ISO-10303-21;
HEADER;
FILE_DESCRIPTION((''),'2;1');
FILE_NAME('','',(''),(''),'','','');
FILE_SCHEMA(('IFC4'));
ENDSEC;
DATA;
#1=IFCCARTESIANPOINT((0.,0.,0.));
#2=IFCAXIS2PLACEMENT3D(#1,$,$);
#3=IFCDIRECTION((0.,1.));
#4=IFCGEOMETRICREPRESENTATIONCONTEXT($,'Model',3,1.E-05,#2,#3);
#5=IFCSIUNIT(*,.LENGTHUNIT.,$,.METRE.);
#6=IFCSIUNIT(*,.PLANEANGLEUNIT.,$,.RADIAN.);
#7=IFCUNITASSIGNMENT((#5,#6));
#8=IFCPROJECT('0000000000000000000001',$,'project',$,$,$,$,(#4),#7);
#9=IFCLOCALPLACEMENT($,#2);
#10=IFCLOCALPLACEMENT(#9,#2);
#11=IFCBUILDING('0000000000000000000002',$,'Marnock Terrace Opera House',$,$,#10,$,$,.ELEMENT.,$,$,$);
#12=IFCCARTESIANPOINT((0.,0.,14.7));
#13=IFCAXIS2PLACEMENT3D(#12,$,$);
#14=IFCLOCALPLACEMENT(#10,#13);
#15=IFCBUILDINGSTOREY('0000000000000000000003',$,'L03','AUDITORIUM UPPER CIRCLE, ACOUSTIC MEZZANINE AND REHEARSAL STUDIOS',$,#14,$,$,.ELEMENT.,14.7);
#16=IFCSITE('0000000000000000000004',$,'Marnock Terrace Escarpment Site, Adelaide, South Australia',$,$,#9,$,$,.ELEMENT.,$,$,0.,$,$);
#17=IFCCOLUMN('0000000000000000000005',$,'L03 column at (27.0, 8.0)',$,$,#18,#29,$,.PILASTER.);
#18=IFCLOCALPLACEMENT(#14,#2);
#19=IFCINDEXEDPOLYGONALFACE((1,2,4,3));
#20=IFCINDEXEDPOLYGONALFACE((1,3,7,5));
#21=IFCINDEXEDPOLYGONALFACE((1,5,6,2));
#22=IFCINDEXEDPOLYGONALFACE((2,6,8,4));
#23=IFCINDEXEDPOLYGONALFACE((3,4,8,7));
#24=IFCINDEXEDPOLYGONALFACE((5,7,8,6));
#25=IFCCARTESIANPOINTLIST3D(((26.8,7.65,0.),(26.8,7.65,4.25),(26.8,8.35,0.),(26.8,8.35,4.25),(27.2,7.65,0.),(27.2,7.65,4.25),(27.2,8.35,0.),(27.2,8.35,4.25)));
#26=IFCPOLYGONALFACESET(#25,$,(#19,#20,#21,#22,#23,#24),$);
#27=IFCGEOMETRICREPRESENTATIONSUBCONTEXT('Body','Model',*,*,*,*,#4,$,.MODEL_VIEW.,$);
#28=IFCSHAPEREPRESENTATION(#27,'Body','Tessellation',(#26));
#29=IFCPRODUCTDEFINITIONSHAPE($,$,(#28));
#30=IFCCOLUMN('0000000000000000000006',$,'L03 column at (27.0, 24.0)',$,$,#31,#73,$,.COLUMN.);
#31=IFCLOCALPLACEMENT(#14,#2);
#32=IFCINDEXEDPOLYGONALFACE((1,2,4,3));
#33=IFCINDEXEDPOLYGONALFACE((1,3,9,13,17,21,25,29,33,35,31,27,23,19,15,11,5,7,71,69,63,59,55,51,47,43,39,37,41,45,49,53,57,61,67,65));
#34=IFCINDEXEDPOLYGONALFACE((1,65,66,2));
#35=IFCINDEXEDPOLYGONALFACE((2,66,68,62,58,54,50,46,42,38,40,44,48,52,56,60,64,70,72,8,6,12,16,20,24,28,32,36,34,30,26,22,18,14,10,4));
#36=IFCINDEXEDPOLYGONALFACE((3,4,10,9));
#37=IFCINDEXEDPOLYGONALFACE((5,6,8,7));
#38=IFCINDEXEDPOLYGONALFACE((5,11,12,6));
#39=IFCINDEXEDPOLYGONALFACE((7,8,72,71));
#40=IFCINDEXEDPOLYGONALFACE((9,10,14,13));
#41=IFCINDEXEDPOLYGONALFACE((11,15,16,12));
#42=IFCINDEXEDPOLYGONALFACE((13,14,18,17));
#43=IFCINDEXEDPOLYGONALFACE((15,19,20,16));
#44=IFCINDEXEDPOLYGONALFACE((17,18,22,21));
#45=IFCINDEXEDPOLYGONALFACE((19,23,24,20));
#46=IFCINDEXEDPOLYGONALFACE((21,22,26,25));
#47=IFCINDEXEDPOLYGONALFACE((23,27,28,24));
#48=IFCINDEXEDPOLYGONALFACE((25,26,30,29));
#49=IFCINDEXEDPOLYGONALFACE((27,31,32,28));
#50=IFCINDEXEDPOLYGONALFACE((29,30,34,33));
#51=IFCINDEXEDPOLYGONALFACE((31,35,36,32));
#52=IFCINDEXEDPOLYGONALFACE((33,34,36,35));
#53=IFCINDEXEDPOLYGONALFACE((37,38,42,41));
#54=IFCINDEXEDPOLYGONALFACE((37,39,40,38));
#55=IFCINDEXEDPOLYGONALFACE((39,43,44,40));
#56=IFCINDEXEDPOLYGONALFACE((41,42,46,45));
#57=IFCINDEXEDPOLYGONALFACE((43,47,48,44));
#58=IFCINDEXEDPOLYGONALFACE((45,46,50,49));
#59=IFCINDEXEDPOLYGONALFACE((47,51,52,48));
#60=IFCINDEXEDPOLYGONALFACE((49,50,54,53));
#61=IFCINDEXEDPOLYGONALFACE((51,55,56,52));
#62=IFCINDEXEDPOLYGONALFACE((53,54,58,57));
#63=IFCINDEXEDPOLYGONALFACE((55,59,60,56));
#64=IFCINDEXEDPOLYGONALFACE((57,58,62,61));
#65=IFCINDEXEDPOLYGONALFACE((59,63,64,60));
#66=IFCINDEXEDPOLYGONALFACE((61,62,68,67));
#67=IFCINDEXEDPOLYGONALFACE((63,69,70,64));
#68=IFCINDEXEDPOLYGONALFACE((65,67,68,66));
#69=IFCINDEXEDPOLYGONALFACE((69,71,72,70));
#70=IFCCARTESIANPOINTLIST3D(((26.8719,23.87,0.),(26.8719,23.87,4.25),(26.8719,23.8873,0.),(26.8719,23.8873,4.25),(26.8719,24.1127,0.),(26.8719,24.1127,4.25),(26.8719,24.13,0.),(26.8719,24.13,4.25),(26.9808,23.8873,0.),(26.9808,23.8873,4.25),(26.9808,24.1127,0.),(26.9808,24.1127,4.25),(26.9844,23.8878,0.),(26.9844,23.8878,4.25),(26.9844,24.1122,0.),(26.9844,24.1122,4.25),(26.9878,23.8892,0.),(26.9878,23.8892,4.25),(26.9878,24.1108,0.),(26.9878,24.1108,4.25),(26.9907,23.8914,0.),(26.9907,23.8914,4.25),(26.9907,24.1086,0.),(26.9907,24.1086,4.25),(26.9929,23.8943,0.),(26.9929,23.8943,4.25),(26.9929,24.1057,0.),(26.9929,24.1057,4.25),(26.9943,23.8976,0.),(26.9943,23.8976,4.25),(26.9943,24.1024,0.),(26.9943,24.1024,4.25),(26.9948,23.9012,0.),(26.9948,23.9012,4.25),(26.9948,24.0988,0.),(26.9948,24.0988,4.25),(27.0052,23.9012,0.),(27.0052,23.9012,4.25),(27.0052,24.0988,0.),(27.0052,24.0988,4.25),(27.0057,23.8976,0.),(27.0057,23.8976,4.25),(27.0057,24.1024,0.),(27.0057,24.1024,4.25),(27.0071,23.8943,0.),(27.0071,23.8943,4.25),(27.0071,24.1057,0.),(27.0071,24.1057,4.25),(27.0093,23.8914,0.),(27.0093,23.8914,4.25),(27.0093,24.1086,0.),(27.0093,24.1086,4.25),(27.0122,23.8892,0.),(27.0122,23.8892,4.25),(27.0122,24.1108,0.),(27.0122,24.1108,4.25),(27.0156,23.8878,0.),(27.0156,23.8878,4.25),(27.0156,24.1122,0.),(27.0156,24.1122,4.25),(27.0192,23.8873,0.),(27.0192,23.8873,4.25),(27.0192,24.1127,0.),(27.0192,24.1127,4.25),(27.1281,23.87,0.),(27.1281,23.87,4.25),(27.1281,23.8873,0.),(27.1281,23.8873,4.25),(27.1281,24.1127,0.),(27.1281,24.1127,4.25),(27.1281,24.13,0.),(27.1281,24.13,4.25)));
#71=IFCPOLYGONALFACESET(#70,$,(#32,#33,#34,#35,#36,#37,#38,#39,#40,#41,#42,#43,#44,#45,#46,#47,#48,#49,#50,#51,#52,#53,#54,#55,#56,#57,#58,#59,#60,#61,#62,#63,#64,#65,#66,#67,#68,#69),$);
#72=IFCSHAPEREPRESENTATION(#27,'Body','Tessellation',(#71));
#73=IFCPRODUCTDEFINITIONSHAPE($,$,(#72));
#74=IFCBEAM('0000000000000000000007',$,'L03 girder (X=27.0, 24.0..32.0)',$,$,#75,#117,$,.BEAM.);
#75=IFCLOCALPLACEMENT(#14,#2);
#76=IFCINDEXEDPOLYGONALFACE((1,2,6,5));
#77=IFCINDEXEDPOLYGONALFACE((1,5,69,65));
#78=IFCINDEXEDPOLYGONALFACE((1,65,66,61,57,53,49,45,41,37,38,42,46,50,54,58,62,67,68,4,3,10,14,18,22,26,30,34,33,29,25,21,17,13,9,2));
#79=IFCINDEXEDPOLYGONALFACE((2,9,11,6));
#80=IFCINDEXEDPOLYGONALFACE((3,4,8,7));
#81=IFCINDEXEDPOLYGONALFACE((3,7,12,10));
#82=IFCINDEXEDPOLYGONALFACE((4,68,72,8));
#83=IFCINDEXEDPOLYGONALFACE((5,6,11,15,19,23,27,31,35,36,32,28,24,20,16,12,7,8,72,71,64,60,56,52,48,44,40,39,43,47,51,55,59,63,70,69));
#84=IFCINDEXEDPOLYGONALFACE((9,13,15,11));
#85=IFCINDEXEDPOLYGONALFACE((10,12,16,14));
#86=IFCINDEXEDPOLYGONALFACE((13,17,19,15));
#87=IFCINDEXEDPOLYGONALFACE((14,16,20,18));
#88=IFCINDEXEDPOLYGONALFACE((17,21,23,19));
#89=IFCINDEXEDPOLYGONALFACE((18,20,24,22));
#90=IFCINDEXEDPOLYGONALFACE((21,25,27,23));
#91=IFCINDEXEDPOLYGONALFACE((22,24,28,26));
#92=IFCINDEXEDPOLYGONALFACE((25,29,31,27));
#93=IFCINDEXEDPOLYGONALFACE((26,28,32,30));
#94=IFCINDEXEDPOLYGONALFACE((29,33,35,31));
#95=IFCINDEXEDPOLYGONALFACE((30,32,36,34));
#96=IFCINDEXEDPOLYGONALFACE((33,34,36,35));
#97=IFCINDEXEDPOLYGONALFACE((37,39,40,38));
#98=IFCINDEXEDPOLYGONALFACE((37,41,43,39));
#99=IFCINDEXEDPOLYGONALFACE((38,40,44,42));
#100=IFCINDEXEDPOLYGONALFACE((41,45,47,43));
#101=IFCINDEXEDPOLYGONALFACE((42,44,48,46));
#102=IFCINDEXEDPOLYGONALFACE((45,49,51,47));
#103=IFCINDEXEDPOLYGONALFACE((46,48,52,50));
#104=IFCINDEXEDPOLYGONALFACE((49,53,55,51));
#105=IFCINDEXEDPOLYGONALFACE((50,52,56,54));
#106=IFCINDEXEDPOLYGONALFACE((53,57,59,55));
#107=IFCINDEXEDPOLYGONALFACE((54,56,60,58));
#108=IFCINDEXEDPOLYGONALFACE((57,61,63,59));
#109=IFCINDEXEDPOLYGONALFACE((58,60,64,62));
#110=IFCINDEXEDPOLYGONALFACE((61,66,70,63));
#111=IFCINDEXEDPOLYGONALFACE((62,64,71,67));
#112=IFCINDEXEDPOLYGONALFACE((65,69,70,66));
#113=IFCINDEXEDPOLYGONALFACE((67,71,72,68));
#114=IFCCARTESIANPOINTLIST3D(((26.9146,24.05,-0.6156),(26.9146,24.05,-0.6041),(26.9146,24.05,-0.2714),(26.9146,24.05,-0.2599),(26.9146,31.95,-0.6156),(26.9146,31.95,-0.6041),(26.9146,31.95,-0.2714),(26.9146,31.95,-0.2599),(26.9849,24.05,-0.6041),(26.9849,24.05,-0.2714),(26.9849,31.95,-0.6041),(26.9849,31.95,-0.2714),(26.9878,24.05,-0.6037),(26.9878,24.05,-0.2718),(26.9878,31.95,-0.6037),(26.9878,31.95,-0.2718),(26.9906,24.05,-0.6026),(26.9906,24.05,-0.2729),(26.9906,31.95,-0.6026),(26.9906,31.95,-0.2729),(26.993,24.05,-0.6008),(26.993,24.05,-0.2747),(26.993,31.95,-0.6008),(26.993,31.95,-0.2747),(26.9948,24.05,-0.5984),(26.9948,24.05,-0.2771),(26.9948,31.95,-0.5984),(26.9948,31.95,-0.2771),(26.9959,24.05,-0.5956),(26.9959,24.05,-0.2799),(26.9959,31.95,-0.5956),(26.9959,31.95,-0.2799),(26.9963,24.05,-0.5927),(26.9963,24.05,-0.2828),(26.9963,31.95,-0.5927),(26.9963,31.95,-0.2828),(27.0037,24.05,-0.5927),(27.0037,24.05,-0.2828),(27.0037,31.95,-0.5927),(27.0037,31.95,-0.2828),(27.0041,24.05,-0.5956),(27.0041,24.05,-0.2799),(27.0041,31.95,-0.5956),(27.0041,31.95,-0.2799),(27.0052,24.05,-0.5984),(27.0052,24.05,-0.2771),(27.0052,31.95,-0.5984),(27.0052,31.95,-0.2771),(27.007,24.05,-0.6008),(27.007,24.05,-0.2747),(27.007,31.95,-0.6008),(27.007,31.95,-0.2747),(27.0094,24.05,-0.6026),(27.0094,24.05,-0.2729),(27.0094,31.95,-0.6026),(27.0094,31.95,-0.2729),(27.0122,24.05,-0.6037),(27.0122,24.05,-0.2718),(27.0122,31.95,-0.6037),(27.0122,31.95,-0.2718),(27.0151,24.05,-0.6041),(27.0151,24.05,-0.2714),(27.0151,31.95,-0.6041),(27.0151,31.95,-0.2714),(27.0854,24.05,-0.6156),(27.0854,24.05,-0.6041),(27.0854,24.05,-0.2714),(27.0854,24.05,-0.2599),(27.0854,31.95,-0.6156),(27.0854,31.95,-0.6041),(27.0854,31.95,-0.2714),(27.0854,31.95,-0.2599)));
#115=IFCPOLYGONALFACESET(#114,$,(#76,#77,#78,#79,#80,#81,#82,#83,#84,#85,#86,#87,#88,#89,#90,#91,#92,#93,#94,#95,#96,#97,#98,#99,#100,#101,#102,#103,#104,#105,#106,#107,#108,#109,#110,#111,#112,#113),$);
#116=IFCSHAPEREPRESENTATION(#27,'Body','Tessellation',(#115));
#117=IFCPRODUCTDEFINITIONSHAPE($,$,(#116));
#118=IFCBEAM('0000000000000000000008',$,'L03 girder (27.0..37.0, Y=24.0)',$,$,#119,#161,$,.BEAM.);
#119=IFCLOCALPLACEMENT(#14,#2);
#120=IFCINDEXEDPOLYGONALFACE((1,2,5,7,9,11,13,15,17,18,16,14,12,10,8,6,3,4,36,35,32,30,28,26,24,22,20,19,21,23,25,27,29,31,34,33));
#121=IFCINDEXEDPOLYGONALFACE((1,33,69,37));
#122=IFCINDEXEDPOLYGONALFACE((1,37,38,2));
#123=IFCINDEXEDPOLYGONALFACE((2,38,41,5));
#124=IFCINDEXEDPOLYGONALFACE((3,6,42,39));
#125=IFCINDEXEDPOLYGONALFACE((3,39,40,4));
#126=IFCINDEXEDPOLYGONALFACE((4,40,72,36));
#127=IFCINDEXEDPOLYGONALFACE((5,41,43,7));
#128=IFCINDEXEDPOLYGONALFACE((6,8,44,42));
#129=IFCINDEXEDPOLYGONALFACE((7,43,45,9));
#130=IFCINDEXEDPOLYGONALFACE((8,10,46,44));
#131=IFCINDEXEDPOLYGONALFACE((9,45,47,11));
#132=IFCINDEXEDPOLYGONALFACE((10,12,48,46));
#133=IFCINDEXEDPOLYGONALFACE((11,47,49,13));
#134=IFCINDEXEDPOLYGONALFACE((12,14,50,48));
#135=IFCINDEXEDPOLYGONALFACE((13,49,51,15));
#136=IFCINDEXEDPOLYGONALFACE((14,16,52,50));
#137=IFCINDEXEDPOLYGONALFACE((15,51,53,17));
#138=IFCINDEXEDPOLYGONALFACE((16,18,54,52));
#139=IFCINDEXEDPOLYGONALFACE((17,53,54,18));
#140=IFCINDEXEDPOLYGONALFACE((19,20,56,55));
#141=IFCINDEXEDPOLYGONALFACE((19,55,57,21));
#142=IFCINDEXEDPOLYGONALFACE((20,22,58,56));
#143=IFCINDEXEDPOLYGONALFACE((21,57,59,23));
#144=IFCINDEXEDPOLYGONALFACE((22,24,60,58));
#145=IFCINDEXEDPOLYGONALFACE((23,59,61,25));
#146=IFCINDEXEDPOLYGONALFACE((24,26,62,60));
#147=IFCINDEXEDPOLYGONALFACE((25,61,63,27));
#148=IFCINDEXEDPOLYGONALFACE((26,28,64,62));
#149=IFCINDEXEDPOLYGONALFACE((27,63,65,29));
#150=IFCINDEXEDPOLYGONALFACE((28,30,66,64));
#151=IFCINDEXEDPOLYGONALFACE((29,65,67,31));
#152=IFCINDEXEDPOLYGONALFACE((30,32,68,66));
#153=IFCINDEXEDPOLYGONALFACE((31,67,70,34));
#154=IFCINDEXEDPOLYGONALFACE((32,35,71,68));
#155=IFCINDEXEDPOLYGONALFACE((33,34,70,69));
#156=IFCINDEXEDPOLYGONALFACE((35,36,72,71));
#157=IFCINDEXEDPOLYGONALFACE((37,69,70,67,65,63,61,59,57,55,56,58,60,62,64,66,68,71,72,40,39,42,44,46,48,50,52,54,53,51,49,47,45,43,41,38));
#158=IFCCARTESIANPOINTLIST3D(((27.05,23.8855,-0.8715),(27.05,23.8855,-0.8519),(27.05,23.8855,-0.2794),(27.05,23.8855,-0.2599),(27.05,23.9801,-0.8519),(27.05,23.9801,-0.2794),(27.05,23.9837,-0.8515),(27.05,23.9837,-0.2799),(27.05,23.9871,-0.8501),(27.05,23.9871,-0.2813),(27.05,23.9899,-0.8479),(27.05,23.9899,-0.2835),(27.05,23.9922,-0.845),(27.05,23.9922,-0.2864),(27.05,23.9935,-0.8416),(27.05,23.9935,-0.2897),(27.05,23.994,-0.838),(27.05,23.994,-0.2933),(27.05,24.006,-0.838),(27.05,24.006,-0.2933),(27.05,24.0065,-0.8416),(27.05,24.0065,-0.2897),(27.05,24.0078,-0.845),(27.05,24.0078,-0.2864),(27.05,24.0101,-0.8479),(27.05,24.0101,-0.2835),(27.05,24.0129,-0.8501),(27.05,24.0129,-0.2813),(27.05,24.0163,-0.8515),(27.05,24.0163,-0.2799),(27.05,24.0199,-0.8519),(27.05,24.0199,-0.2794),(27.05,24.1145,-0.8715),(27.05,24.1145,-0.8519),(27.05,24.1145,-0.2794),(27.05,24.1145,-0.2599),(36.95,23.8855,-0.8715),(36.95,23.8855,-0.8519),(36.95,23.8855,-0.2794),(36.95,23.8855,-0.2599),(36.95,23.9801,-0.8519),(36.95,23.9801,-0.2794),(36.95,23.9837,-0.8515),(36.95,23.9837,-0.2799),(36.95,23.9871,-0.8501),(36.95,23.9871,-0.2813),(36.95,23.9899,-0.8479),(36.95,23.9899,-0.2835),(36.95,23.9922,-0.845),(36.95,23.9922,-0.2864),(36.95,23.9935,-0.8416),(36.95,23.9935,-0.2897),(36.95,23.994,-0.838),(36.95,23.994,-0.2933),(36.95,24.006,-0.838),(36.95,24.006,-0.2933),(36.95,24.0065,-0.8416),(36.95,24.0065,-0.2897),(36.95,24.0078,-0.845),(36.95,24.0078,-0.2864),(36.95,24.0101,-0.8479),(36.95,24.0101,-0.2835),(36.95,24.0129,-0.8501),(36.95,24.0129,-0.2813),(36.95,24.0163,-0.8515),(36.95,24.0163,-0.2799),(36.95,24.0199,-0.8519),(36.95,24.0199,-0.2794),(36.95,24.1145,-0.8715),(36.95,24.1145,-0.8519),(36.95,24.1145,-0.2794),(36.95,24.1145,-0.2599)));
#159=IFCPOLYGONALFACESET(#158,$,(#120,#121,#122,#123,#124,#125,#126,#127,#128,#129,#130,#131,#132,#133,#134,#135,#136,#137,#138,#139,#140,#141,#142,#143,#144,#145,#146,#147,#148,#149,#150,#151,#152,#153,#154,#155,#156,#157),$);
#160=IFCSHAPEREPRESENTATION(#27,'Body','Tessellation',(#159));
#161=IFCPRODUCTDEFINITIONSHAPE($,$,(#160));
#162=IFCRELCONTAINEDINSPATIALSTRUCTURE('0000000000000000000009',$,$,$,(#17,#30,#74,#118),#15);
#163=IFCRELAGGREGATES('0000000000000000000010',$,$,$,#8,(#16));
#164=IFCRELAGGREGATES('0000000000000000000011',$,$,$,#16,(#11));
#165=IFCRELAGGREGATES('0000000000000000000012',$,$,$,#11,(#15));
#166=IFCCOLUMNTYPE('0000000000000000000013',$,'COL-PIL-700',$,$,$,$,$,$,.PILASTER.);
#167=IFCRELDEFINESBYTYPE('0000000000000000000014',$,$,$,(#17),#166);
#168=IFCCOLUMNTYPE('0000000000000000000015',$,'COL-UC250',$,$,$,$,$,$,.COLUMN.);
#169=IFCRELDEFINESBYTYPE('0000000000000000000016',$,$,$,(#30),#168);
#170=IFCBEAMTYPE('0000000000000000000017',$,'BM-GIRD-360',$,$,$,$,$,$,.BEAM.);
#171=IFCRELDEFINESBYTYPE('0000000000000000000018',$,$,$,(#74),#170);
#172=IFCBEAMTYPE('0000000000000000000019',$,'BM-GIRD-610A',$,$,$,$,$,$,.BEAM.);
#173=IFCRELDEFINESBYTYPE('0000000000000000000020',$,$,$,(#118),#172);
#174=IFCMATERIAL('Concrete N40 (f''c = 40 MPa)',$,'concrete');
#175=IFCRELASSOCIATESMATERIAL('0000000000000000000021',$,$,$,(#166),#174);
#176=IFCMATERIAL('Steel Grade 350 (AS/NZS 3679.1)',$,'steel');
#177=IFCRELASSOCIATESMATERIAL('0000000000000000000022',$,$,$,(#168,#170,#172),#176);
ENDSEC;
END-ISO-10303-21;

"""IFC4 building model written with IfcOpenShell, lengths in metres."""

from ifc_helpers import new_model, si_unit, direction, frame, origin, origin_2d, place, context, subcontext, project, spatial, rectangle, i_section, extrude, material, material_profile, profile_set, type_object, element, save


model = new_model("IFC4")

# Units and contexts
model_context = context("Model", 3, precision=1e-05, world=origin(), true_north=direction((0.0, 1.0)))
body_context = subcontext(model_context, "Body", "Model", "MODEL_VIEW")
ifc_project = project(units=[si_unit("LENGTHUNIT", "METRE"), si_unit("PLANEANGLEUNIT", "RADIAN")], contexts=[model_context])

# Site, building, storey
site_placement = place(None, origin())
site = spatial("IfcSite", under=ifc_project, at=site_placement, Name="Marnock Terrace Escarpment Site, Adelaide, South Australia", CompositionType="ELEMENT", RefElevation=0.0)
building_placement = place(site_placement, origin())
building = spatial("IfcBuilding", under=site, at=building_placement, Name="Marnock Terrace Opera House", CompositionType="ELEMENT")
storey_placement = place(building_placement, frame((0.0, 0.0, 14.7)))
storey = spatial("IfcBuildingStorey", under=building, at=storey_placement, Name="L03", Description="AUDITORIUM UPPER CIRCLE, ACOUSTIC MEZZANINE AND REHEARSAL STUDIOS", CompositionType="ELEMENT", Elevation=14.7)

# Columns
ifc_material_1 = material(Name="Concrete N40 (f'c = 40 MPa)", Category="concrete")
ifc_material_profile_1 = material_profile(ifc_material_1, rectangle(XDim=0.3999, YDim=0.7, at=origin_2d()))
ifc_profile_set_1 = profile_set([ifc_material_profile_1], Name="Concrete N40 (f'c = 40 MPa)")
column_type_1 = type_object("IfcColumnType", Name="COL-PIL-700", PredefinedType="PILASTER", material=ifc_profile_set_1)
column_1_placement = place(storey_placement, frame((27.0, 8.0, 0.0), z_axis=(0.0, 0.0, 1.0), x_axis=(1.0, 0.0, 0.0)))
element("IfcColumn", 1, at=column_1_placement, inside=storey, type_object=column_type_1, Name="L03 column at (27.0, 8.0)", PredefinedType="PILASTER", context=body_context, shape_type="SweptSolid", body=[
    extrude(rectangle(XDim=0.3999, YDim=0.7, at=origin_2d()), origin(), (0.0, 0.0, 1.0), 4.25),
])
ifc_material_2 = material(Name="Steel Grade 350 (AS/NZS 3679.1)", Category="steel")
ifc_material_profile_2 = material_profile(ifc_material_2, i_section(OverallWidth=0.2561, OverallDepth=0.26, WebThickness=0.0105, FlangeThickness=0.0173, FilletRadius=0.0139, at=origin_2d()))
ifc_profile_set_2 = profile_set([ifc_material_profile_2], Name="Steel Grade 350 (AS/NZS 3679.1)")
column_type_2 = type_object("IfcColumnType", Name="COL-UC250", PredefinedType="COLUMN", material=ifc_profile_set_2)
column_2_placement = place(storey_placement, frame((27.0, 24.0, 0.0), z_axis=(0.0, 0.0, 1.0), x_axis=(1.0, 0.0, 0.0)))
element("IfcColumn", 2, at=column_2_placement, inside=storey, type_object=column_type_2, Name="L03 column at (27.0, 24.0)", PredefinedType="COLUMN", context=body_context, shape_type="SweptSolid", body=[
    extrude(i_section(OverallWidth=0.2561, OverallDepth=0.26, WebThickness=0.0105, FlangeThickness=0.0173, FilletRadius=0.0139, at=origin_2d()), origin(), (0.0, 0.0, 1.0), 4.25),
])

# Beams
ifc_material_profile_3 = material_profile(ifc_material_2, i_section(OverallWidth=0.1709, OverallDepth=0.3557, WebThickness=0.0073, FlangeThickness=0.0115, FilletRadius=0.0115, at=origin_2d()))
ifc_profile_set_3 = profile_set([ifc_material_profile_3], Name="Steel Grade 350 (AS/NZS 3679.1)")
beam_type_1 = type_object("IfcBeamType", Name="BM-GIRD-360", PredefinedType="BEAM", material=ifc_profile_set_3)
beam_1_placement = place(storey_placement, frame((27.0, 24.05, -0.4377), z_axis=(0.0, 1.0, 0.0), x_axis=(-1.0, 0.0, 0.0)))
element("IfcBeam", 3, at=beam_1_placement, inside=storey, type_object=beam_type_1, Name="L03 girder (X=27.0, 24.0..32.0)", PredefinedType="BEAM", context=body_context, shape_type="SweptSolid", body=[
    extrude(i_section(OverallWidth=0.1709, OverallDepth=0.3557, WebThickness=0.0073, FlangeThickness=0.0115, FilletRadius=0.0115, at=origin_2d()), origin(), (0.0, 0.0, 1.0), 7.8999),
])
ifc_material_profile_4 = material_profile(ifc_material_2, i_section(OverallWidth=0.229, OverallDepth=0.6116, WebThickness=0.012, FlangeThickness=0.0195, FilletRadius=0.0139, at=origin_2d()))
ifc_profile_set_4 = profile_set([ifc_material_profile_4], Name="Steel Grade 350 (AS/NZS 3679.1)")
beam_type_2 = type_object("IfcBeamType", Name="BM-GIRD-610A", PredefinedType="BEAM", material=ifc_profile_set_4)
beam_2_placement = place(storey_placement, frame((27.05, 24.0, -0.5657), z_axis=(1.0, 0.0, 0.0), x_axis=(0.0, 1.0, 0.0)))
element("IfcBeam", 4, at=beam_2_placement, inside=storey, type_object=beam_type_2, Name="L03 girder (27.0..37.0, Y=24.0)", PredefinedType="BEAM", context=body_context, shape_type="SweptSolid", body=[
    extrude(i_section(OverallWidth=0.229, OverallDepth=0.6116, WebThickness=0.012, FlangeThickness=0.0195, FilletRadius=0.0139, at=origin_2d()), origin(), (0.0, 0.0, 1.0), 9.8999),
])

save(model, "model.ifc")
